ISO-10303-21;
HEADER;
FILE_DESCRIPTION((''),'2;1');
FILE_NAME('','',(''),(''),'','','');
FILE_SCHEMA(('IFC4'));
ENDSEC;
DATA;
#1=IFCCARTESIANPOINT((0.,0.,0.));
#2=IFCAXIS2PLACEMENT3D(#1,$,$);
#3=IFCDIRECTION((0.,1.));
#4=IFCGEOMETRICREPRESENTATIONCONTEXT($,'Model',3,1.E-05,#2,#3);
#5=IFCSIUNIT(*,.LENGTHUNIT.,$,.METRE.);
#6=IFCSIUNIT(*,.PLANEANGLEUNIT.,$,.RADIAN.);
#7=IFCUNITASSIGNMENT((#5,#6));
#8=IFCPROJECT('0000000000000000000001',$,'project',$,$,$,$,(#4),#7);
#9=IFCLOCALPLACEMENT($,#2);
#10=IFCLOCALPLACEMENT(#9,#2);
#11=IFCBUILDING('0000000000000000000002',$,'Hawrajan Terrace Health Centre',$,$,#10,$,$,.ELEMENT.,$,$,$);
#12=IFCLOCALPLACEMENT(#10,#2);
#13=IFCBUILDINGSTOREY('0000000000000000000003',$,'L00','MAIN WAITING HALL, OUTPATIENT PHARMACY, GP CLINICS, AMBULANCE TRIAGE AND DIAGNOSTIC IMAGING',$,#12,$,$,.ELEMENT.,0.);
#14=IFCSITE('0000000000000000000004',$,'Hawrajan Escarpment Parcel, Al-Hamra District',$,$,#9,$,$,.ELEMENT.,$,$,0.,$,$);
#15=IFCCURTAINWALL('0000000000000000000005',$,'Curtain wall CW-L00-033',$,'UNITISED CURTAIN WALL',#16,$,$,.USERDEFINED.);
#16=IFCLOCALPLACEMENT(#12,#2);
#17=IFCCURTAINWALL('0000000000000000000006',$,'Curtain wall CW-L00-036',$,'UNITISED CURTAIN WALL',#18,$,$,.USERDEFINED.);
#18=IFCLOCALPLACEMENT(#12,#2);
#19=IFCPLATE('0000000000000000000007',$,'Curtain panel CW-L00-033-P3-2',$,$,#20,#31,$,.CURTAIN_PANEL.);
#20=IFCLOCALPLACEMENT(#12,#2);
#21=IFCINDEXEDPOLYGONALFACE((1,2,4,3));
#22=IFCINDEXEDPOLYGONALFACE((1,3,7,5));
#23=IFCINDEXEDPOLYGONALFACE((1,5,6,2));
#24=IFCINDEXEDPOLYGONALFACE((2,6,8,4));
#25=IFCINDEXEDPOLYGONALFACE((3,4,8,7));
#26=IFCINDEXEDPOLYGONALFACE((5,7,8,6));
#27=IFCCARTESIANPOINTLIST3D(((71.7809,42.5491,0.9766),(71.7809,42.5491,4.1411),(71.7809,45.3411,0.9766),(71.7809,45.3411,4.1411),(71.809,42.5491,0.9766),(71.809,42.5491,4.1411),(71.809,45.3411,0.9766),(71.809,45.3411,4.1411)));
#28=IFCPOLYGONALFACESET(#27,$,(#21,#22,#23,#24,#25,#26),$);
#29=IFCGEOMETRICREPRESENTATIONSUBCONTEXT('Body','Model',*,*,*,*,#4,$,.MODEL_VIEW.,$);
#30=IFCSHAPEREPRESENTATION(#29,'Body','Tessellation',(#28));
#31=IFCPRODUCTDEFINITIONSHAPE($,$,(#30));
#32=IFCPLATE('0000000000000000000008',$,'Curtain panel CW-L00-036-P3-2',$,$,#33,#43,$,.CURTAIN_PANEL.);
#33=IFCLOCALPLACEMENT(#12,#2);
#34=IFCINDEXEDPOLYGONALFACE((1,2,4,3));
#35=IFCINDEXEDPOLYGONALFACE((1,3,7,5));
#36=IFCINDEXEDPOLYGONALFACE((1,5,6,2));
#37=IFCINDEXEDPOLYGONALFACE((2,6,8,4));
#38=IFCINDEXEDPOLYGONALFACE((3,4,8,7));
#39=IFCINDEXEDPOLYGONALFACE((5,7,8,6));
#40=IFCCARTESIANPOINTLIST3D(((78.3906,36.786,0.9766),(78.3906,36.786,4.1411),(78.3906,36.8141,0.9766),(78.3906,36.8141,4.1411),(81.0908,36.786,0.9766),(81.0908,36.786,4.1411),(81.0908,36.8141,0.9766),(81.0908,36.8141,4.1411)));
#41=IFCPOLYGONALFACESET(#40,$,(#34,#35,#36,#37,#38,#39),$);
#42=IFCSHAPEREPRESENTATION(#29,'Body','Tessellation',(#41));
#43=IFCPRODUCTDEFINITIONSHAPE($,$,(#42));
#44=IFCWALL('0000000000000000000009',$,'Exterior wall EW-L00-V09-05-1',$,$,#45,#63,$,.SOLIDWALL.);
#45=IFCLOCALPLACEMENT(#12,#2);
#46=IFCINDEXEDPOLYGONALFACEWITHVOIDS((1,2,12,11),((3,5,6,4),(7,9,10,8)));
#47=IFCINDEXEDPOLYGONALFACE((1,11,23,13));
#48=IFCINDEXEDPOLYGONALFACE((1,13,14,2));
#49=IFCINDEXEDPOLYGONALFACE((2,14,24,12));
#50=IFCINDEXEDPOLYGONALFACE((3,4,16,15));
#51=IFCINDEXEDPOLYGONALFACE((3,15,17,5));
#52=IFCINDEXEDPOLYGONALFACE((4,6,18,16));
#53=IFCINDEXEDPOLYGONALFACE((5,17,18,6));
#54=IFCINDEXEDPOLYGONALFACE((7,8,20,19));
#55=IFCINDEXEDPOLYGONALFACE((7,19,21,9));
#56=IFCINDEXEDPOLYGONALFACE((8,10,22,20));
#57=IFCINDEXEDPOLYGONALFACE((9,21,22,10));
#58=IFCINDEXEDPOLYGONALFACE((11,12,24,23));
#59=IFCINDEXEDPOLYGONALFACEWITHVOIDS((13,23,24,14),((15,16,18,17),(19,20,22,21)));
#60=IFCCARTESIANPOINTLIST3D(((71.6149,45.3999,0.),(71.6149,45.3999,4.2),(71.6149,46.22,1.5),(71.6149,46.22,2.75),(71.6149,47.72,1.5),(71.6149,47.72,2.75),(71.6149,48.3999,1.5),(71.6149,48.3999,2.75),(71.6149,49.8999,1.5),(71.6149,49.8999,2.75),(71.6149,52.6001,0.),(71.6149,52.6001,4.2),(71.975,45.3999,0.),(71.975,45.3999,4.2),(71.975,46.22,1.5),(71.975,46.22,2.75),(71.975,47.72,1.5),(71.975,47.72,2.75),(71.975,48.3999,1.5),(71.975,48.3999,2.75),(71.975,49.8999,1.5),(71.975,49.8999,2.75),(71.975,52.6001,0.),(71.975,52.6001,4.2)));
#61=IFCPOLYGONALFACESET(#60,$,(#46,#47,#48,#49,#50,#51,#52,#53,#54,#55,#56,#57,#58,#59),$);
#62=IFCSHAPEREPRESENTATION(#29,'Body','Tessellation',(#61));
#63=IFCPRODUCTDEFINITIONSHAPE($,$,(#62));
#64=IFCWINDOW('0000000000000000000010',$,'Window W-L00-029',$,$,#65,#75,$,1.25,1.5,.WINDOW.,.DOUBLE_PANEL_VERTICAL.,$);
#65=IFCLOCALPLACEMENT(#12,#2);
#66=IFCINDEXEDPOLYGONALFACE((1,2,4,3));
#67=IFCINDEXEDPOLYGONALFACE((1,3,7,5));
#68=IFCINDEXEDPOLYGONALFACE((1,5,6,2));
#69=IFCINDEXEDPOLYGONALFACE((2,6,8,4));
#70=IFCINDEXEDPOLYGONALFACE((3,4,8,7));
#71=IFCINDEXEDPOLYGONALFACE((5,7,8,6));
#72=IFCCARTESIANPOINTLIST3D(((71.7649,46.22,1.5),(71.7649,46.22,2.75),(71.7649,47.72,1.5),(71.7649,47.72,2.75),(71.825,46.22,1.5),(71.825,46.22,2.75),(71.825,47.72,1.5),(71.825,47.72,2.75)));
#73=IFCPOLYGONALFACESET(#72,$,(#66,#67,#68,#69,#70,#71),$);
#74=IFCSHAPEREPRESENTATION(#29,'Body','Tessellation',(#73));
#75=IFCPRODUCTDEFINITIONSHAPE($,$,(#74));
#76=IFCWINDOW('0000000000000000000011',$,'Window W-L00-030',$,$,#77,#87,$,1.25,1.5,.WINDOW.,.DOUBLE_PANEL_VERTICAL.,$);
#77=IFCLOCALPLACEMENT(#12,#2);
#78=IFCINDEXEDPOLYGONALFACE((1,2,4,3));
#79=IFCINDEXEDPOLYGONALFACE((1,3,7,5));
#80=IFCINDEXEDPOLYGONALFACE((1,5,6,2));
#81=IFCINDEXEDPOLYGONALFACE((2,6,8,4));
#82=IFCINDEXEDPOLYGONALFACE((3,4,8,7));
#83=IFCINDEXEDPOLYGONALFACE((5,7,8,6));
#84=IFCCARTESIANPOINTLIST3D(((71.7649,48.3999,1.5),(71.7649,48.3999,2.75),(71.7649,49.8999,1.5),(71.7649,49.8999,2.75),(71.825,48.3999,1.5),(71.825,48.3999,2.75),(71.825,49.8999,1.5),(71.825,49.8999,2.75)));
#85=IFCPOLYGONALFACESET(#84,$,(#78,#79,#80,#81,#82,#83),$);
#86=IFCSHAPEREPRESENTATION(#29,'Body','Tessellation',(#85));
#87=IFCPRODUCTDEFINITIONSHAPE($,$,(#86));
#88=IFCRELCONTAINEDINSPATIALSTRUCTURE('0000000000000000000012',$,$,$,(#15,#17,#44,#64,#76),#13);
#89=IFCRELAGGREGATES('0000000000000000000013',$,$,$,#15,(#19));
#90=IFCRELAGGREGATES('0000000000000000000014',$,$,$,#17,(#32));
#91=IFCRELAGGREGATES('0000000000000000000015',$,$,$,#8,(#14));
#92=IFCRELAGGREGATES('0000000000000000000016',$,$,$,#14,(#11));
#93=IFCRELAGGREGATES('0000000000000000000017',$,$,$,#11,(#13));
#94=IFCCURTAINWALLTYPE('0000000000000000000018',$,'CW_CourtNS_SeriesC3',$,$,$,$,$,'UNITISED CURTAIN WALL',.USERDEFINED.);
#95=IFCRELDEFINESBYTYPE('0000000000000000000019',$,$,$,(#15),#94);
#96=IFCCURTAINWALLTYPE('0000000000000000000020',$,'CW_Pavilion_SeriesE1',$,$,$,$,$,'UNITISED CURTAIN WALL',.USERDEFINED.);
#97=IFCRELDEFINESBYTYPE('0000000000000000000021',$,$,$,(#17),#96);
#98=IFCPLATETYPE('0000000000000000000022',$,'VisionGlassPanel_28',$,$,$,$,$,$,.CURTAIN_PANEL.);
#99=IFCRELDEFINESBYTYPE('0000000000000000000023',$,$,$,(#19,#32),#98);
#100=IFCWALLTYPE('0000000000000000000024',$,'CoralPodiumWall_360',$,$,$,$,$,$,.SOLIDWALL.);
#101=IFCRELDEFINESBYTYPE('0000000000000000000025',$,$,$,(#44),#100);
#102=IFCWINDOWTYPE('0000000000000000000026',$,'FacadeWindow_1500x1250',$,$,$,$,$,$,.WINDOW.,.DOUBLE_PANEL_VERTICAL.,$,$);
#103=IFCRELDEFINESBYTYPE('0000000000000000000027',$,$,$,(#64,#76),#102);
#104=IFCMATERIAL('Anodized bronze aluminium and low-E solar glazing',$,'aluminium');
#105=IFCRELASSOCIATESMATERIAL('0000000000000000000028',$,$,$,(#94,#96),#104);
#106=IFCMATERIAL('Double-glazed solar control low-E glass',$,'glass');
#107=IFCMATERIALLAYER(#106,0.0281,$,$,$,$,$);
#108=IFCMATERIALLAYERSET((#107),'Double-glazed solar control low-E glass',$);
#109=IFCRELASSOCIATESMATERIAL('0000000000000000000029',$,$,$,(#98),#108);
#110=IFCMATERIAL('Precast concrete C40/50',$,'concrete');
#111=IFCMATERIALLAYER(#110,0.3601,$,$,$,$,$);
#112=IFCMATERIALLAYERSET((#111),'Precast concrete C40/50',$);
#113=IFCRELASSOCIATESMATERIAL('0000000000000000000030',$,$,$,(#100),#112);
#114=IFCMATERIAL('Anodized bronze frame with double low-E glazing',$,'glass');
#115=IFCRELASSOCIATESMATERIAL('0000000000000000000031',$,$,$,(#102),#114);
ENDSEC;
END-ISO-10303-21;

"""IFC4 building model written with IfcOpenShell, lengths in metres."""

from ifc_helpers import new_model, si_unit, direction, frame, frame_2d, origin, origin_2d, place, context, subcontext, project, spatial, rectangle, extrude, material, layer, layer_set, type_object, element, fill, aggregate, save


model = new_model("IFC4")

# Units and contexts
model_context = context("Model", 3, precision=1e-05, world=origin(), true_north=direction((0.0, 1.0)))
body_context = subcontext(model_context, "Body", "Model", "MODEL_VIEW")
ifc_project = project(units=[si_unit("LENGTHUNIT", "METRE"), si_unit("PLANEANGLEUNIT", "RADIAN")], contexts=[model_context])

# Site, building, storey
site_placement = place(None, origin())
site = spatial("IfcSite", under=ifc_project, at=site_placement, Name="Hawrajan Escarpment Parcel, Al-Hamra District", CompositionType="ELEMENT", RefElevation=0.0)
building_placement = place(site_placement, origin())
building = spatial("IfcBuilding", under=site, at=building_placement, Name="Hawrajan Terrace Health Centre", CompositionType="ELEMENT")
storey_placement = place(building_placement, origin())
storey = spatial("IfcBuildingStorey", under=building, at=storey_placement, Name="L00", Description="MAIN WAITING HALL, OUTPATIENT PHARMACY, GP CLINICS, AMBULANCE TRIAGE AND DIAGNOSTIC IMAGING", CompositionType="ELEMENT", Elevation=0.0)

# Curtain wall
ifc_material_1 = material(Name="Anodized bronze aluminium and low-E solar glazing", Category="aluminium")
curtain_wall_type_1 = type_object("IfcCurtainWallType", Name="CW_CourtNS_SeriesC3", ElementType="UNITISED CURTAIN WALL", PredefinedType="USERDEFINED", material=ifc_material_1)
curtain_wall_1_placement = place(storey_placement, origin())
curtain_wall_1 = element("IfcCurtainWall", 1, at=curtain_wall_1_placement, inside=storey, type_object=curtain_wall_type_1, Name="Curtain wall CW-L00-033", ObjectType="UNITISED CURTAIN WALL", PredefinedType="USERDEFINED")

# Curtain wall
curtain_wall_type_2 = type_object("IfcCurtainWallType", Name="CW_Pavilion_SeriesE1", ElementType="UNITISED CURTAIN WALL", PredefinedType="USERDEFINED", material=ifc_material_1)
curtain_wall_2_placement = place(storey_placement, origin())
curtain_wall_2 = element("IfcCurtainWall", 2, at=curtain_wall_2_placement, inside=storey, type_object=curtain_wall_type_2, Name="Curtain wall CW-L00-036", ObjectType="UNITISED CURTAIN WALL", PredefinedType="USERDEFINED")

# Plates
ifc_material_2 = material(Name="Double-glazed solar control low-E glass", Category="glass")
ifc_layer_1 = layer(ifc_material_2, 0.0281)
ifc_layer_set_1 = layer_set([ifc_layer_1], Name="Double-glazed solar control low-E glass")
plate_type_1 = type_object("IfcPlateType", Name="VisionGlassPanel_28", PredefinedType="CURTAIN_PANEL", material=ifc_layer_set_1)
plate_1_placement = place(storey_placement, frame((71.7949, 43.9451, 0.9766), z_axis=(0.0, 0.0, 1.0), x_axis=(0.0, 1.0, 0.0)))
plate_1 = element("IfcPlate", 3, at=plate_1_placement, type_object=plate_type_1, Name="Curtain panel CW-L00-033-P3-2", PredefinedType="CURTAIN_PANEL", context=body_context, shape_type="SweptSolid", body=[
    extrude(rectangle(XDim=2.792, YDim=0.0281, at=origin_2d()), origin(), (0.0, 0.0, 1.0), 3.1646),
])
aggregate(curtain_wall_1, [plate_1])
plate_2_placement = place(storey_placement, frame((79.7407, 36.8, 0.9766), z_axis=(0.0, 0.0, 1.0), x_axis=(1.0, 0.0, 0.0)))
plate_2 = element("IfcPlate", 4, at=plate_2_placement, type_object=plate_type_1, Name="Curtain panel CW-L00-036-P3-2", PredefinedType="CURTAIN_PANEL", context=body_context, shape_type="SweptSolid", body=[
    extrude(rectangle(XDim=2.7002, YDim=0.0281, at=origin_2d()), origin(), (0.0, 0.0, 1.0), 3.1646),
])
aggregate(curtain_wall_2, [plate_2])

# Wall, openings, windows
ifc_material_3 = material(Name="Precast concrete C40/50", Category="concrete")
ifc_layer_2 = layer(ifc_material_3, 0.3601)
ifc_layer_set_2 = layer_set([ifc_layer_2], Name="Precast concrete C40/50")
wall_type = type_object("IfcWallType", Name="CoralPodiumWall_360", PredefinedType="SOLIDWALL", material=ifc_layer_set_2)
wall_placement = place(storey_placement, frame((71.7949, 45.3999, 0.0), z_axis=(0.0, 0.0, 1.0), x_axis=(0.0, 1.0, 0.0)))
wall = element("IfcWall", 5, at=wall_placement, inside=storey, type_object=wall_type, Name="Exterior wall EW-L00-V09-05-1", PredefinedType="SOLIDWALL", context=body_context, shape_type="SweptSolid", body=[
    extrude(rectangle(XDim=7.2002, YDim=0.3601, at=frame_2d((3.6001, 0.0))), origin(), (0.0, 0.0, 1.0), 4.2),
])
opening_1_placement = place(wall_placement, frame((0.8201, 0.0, 1.5)))
opening_1 = element("IfcOpeningElement", 6, at=opening_1_placement, cuts=wall, PredefinedType="OPENING", context=body_context, shape_type="SweptSolid", body=[
    extrude(rectangle(XDim=1.5, YDim=1.25, at=frame_2d((0.75, 0.625))), frame((0.0, 0.1899, 0.0), z_axis=(0.0, -1.0, 0.0), x_axis=(1.0, 0.0, 0.0)), (0.0, 0.0, 1.0), 0.3801),
])
opening_2_placement = place(wall_placement, frame((3.0, 0.0, 1.5)))
opening_2 = element("IfcOpeningElement", 7, at=opening_2_placement, cuts=wall, PredefinedType="OPENING", context=body_context, shape_type="SweptSolid", body=[
    extrude(rectangle(XDim=1.5, YDim=1.25, at=frame_2d((0.75, 0.625))), frame((0.0, 0.1899, 0.0), z_axis=(0.0, -1.0, 0.0), x_axis=(1.0, 0.0, 0.0)), (0.0, 0.0, 1.0), 0.3801),
])
ifc_material_4 = material(Name="Anodized bronze frame with double low-E glazing", Category="glass")
window_type = type_object("IfcWindowType", Name="FacadeWindow_1500x1250", PartitioningType="DOUBLE_PANEL_VERTICAL", PredefinedType="WINDOW", material=ifc_material_4)
window_1_placement = place(opening_1_placement, origin())
window_1 = element("IfcWindow", 8, at=window_1_placement, inside=storey, type_object=window_type, Name="Window W-L00-029", OverallHeight=1.25, OverallWidth=1.5, PartitioningType="DOUBLE_PANEL_VERTICAL", PredefinedType="WINDOW", context=body_context, shape_type="SweptSolid", body=[
    extrude(rectangle(XDim=1.5, YDim=1.25, at=frame_2d((0.75, 0.625))), frame((0.0, 0.03, 0.0), z_axis=(0.0, -1.0, 0.0), x_axis=(1.0, 0.0, 0.0)), (0.0, 0.0, 1.0), 0.0601),
])
fill(opening_1, window_1)
window_2_placement = place(opening_2_placement, origin())
window_2 = element("IfcWindow", 9, at=window_2_placement, inside=storey, type_object=window_type, Name="Window W-L00-030", OverallHeight=1.25, OverallWidth=1.5, PartitioningType="DOUBLE_PANEL_VERTICAL", PredefinedType="WINDOW", context=body_context, shape_type="SweptSolid", body=[
    extrude(rectangle(XDim=1.5, YDim=1.25, at=frame_2d((0.75, 0.625))), frame((0.0, 0.03, 0.0), z_axis=(0.0, -1.0, 0.0), x_axis=(1.0, 0.0, 0.0)), (0.0, 0.0, 1.0), 0.0601),
])
fill(opening_2, window_2)

save(model, "model.ifc")
